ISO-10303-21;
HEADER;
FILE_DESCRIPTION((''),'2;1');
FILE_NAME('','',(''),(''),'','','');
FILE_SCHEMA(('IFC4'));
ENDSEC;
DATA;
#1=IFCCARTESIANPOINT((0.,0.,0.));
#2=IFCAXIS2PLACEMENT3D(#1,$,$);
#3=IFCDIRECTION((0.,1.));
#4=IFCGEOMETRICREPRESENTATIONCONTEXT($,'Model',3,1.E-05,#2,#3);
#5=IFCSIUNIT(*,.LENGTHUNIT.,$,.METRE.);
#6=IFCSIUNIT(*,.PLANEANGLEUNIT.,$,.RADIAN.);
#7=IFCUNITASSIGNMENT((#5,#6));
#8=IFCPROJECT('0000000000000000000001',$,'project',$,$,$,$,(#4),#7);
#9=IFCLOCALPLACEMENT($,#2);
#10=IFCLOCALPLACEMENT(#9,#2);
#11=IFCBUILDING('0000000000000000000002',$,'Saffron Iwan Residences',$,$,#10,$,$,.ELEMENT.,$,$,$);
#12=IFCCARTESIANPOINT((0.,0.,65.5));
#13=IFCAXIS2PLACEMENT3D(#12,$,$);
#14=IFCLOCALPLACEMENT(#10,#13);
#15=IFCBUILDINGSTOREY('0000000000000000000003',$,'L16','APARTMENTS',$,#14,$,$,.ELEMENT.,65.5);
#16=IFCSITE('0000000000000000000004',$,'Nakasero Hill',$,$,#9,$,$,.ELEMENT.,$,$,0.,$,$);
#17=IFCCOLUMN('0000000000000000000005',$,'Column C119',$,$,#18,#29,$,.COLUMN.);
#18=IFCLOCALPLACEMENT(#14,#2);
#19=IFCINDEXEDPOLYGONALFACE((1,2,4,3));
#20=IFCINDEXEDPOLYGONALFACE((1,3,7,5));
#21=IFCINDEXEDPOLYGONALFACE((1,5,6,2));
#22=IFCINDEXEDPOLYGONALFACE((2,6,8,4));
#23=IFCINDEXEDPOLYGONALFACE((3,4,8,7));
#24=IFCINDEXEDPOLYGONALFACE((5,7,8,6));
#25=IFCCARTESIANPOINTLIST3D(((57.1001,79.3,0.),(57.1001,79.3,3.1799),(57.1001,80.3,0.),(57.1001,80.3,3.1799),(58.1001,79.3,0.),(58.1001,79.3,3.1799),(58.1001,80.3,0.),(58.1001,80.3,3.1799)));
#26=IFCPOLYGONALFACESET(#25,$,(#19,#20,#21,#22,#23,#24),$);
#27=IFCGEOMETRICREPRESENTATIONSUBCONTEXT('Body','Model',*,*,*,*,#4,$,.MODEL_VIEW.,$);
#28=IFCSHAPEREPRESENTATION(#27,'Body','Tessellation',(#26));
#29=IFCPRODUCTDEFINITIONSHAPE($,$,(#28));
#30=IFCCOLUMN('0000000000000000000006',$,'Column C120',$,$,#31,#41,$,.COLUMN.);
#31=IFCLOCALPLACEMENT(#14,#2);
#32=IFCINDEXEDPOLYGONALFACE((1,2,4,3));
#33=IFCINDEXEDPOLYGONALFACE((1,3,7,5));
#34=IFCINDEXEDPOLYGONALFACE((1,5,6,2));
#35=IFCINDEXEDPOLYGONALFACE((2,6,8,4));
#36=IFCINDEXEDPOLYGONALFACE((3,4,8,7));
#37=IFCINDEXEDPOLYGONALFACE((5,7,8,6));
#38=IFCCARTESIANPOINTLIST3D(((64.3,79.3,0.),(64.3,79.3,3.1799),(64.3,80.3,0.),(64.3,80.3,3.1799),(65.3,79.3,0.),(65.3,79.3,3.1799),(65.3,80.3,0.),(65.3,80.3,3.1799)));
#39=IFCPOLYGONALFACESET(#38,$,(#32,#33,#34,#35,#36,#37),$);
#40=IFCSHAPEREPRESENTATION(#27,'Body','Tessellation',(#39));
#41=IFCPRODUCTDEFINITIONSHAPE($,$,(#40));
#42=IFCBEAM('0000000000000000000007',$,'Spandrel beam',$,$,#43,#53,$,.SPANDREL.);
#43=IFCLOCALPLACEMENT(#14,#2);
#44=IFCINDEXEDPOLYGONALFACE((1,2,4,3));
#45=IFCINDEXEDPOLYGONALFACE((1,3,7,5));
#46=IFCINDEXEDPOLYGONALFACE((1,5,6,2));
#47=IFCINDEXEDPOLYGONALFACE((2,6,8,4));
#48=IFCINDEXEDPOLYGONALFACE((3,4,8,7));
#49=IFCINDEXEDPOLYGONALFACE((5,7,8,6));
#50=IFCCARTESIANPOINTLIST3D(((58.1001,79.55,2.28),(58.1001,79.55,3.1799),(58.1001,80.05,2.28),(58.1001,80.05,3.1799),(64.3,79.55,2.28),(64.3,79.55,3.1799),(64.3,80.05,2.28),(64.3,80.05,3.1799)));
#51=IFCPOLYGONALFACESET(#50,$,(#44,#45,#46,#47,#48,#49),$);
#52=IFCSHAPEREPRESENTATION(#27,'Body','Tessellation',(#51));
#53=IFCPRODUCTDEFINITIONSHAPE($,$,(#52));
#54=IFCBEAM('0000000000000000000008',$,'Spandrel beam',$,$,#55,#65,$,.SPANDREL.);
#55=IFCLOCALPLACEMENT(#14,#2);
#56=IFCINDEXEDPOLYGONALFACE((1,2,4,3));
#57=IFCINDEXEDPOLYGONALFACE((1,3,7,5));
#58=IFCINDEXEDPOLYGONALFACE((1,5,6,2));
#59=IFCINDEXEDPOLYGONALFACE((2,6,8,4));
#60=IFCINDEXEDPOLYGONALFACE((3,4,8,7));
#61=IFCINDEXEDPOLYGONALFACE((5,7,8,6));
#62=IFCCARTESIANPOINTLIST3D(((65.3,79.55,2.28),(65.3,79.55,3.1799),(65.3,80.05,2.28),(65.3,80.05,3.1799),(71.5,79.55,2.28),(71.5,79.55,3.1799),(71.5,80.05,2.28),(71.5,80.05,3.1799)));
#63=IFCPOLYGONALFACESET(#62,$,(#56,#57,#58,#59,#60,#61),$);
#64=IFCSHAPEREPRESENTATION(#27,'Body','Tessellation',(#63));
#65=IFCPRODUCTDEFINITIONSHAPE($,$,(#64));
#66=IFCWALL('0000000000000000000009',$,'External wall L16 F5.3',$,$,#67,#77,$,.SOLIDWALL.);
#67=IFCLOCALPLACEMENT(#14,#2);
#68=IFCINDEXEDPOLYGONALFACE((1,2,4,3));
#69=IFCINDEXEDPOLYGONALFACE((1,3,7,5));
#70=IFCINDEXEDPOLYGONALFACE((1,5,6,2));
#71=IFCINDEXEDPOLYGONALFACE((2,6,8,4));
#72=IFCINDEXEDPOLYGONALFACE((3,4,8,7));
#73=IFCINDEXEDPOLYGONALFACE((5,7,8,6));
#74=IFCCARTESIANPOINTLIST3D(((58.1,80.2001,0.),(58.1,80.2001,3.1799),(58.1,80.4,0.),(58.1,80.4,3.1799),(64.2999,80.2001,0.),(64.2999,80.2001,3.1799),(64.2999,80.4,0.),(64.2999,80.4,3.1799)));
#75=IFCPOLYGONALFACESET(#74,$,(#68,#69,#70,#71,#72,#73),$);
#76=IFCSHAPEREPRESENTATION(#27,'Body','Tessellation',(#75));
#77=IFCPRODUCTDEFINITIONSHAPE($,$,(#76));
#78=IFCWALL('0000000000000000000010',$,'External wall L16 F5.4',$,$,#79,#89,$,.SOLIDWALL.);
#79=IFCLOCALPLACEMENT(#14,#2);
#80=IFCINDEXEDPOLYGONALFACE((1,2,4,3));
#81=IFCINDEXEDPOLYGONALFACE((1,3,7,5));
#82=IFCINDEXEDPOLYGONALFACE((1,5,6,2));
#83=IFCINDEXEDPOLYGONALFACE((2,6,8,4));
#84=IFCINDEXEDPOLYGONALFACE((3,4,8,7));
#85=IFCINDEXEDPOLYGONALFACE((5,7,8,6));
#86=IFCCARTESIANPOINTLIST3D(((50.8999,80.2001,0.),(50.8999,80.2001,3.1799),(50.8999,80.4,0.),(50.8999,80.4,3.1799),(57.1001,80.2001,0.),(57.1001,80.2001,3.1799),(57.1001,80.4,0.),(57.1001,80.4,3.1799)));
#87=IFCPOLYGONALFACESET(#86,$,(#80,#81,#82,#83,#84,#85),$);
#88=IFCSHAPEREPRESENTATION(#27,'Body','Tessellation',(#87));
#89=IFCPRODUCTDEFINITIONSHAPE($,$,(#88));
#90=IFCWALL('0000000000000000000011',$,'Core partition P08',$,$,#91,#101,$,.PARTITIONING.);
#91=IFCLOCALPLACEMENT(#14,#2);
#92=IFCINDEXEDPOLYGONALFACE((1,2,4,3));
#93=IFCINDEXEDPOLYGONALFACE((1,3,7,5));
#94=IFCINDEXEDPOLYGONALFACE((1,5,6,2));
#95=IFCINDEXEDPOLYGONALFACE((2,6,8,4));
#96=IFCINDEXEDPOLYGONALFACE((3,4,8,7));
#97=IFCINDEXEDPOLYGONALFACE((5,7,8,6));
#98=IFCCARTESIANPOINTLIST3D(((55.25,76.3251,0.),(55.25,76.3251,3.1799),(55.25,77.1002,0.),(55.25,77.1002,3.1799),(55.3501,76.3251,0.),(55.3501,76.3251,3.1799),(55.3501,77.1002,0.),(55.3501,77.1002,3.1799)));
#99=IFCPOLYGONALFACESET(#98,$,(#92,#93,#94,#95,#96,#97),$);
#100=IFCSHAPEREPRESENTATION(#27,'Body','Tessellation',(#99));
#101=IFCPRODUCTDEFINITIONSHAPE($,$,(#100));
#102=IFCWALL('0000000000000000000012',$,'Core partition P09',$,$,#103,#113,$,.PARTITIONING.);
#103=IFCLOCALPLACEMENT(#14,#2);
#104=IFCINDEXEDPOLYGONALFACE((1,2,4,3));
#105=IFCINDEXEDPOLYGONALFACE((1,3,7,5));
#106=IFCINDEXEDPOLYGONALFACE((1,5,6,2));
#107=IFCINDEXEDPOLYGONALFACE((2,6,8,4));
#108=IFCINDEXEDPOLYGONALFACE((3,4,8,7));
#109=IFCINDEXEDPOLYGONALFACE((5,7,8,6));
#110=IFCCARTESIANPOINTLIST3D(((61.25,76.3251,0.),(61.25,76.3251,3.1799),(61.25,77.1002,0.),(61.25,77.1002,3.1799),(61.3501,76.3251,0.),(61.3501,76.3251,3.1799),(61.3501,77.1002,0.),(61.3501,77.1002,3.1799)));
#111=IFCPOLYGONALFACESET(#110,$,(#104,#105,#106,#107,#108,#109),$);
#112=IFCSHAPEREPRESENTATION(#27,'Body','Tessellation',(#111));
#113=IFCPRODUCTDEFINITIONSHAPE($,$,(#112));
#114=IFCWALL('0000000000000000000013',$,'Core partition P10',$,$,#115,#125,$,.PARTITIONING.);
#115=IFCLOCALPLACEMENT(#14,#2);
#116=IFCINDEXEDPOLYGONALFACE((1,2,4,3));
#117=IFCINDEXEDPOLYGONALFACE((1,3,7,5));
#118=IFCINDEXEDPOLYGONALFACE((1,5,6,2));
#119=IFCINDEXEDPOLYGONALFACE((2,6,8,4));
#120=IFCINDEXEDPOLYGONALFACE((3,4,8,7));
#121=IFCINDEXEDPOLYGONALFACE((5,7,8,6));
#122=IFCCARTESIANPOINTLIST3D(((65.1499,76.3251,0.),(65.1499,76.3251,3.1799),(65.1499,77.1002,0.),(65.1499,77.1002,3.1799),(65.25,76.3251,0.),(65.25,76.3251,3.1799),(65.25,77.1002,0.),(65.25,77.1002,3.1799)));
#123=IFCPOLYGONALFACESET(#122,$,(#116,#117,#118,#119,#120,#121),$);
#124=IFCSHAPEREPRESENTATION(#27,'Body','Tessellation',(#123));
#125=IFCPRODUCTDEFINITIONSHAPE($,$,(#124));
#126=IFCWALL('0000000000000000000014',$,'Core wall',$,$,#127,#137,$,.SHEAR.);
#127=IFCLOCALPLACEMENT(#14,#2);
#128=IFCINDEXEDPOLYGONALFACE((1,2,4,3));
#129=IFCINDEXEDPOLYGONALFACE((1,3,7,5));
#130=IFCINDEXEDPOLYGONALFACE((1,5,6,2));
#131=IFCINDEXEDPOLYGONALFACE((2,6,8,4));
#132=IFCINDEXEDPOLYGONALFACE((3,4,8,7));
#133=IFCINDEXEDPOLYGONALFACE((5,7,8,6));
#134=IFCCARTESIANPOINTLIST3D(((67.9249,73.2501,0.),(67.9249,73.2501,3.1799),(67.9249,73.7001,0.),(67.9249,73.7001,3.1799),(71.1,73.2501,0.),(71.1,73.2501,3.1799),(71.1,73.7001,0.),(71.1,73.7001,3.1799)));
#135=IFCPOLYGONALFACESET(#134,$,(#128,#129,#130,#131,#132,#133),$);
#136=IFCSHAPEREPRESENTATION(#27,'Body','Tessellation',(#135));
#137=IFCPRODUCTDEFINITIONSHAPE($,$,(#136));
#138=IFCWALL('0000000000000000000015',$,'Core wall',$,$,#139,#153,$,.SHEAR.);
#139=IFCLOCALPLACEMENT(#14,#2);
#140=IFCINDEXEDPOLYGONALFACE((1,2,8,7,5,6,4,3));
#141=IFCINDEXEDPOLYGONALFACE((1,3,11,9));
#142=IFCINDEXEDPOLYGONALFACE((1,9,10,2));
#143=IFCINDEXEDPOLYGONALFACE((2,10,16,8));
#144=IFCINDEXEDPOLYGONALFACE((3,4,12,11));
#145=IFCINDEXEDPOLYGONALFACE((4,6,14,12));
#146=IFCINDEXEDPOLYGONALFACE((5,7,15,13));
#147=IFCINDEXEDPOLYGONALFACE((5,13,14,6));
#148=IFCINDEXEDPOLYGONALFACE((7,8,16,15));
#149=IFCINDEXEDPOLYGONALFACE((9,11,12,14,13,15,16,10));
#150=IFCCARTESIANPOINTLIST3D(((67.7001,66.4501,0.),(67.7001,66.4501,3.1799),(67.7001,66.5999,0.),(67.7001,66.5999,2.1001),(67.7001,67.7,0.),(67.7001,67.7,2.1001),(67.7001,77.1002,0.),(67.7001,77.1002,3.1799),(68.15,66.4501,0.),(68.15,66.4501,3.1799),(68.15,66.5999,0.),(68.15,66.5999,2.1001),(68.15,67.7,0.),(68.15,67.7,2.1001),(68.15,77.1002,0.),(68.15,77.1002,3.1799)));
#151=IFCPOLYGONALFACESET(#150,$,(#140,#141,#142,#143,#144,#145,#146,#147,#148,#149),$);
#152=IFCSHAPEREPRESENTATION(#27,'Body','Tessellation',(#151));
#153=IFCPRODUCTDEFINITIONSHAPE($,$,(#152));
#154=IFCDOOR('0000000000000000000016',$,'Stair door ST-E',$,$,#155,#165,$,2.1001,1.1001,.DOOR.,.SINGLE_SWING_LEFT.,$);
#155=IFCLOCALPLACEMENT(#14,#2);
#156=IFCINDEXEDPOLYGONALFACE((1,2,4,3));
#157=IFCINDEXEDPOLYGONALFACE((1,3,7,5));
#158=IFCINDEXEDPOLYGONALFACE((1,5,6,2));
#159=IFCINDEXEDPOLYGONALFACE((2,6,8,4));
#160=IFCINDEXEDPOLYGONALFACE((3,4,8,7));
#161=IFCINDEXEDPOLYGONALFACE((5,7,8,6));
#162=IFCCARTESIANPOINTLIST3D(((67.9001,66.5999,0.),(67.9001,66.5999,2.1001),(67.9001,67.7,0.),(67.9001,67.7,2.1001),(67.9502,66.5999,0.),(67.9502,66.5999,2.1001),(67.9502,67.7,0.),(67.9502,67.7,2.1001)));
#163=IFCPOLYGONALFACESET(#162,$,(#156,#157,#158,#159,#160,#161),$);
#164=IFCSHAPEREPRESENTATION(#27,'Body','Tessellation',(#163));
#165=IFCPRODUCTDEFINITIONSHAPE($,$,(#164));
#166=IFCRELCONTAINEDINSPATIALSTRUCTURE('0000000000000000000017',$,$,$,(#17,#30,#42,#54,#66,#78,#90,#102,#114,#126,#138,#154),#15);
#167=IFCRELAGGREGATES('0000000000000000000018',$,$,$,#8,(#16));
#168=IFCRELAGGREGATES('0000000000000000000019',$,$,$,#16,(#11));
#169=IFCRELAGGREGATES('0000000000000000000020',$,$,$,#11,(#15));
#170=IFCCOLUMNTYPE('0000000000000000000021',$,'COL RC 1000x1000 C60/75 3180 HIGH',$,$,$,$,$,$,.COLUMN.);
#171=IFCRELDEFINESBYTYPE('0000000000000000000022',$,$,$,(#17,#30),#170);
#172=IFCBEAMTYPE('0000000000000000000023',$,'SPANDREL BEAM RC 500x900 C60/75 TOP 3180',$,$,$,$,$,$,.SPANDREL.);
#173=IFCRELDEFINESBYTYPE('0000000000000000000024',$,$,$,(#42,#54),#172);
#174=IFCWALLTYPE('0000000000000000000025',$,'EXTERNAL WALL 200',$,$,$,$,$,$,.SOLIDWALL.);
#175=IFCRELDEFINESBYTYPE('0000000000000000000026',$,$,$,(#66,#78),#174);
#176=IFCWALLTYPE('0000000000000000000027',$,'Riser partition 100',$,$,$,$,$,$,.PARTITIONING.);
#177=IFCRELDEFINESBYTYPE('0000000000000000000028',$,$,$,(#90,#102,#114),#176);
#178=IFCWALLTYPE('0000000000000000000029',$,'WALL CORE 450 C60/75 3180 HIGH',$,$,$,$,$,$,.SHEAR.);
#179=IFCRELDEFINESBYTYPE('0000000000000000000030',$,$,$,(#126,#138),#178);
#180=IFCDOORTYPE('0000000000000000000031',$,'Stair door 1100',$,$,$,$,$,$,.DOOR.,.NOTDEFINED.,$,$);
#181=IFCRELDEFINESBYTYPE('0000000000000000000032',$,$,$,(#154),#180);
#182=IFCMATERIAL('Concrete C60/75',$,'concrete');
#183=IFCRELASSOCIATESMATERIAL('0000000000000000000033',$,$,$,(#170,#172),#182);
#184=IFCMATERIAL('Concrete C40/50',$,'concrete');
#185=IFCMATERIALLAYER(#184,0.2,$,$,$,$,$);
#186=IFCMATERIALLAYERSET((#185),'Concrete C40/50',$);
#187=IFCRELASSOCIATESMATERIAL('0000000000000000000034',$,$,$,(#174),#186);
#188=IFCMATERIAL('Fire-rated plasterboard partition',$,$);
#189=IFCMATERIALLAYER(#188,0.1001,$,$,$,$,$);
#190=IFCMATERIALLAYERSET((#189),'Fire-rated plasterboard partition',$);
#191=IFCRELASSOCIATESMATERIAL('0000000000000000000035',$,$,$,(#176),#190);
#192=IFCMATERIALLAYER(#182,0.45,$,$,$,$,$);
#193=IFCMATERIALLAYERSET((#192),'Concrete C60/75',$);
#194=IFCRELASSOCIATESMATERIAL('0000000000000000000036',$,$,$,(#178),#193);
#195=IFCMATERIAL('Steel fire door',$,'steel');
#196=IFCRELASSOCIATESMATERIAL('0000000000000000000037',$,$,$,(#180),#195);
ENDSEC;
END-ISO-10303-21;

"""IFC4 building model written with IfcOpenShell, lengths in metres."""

from ifc_helpers import new_model, si_unit, direction, frame, frame_2d, origin, origin_2d, place, context, subcontext, project, spatial, rectangle, extrude, source, transform, mapped, material, layer, layer_set, material_profile, profile_set, type_object, element, fill, save


model = new_model("IFC4")

# Units and contexts
model_context = context("Model", 3, precision=1e-05, world=origin(), true_north=direction((0.0, 1.0)))
body_context = subcontext(model_context, "Body", "Model", "MODEL_VIEW")
ifc_project = project(units=[si_unit("LENGTHUNIT", "METRE"), si_unit("PLANEANGLEUNIT", "RADIAN")], contexts=[model_context])

# Site, building, storey
site_placement = place(None, origin())
site = spatial("IfcSite", under=ifc_project, at=site_placement, Name="Nakasero Hill", CompositionType="ELEMENT", RefElevation=0.0)
building_placement = place(site_placement, origin())
building = spatial("IfcBuilding", under=site, at=building_placement, Name="Saffron Iwan Residences", CompositionType="ELEMENT")
storey_placement = place(building_placement, frame((0.0, 0.0, 65.5)))
storey = spatial("IfcBuildingStorey", under=building, at=storey_placement, Name="L16", Description="APARTMENTS", CompositionType="ELEMENT", Elevation=65.5)

# Columns
ifc_material_1 = material(Name="Concrete C60/75", Category="concrete")
ifc_material_profile_1 = material_profile(ifc_material_1, rectangle(XDim=1.0, YDim=1.0, at=origin_2d()), Name="RC 1000x1000")
ifc_profile_set_1 = profile_set([ifc_material_profile_1], Name="Concrete C60/75")
column_type = type_object("IfcColumnType", Name="COL RC 1000x1000 C60/75 3180 HIGH", PredefinedType="COLUMN", material=ifc_profile_set_1)
shared_shape_1 = source(origin(), body_context, "Body", "SweptSolid", [
    extrude(rectangle(XDim=1.0, YDim=1.0, at=origin_2d()), origin(), (0.0, 0.0, 1.0), 3.1799),
])
for number, where, z_axis, x_axis, name in (
    (1, (57.6001, 79.8, 0.0), (0.0, 0.0, 1.0), (1.0, 0.0, 0.0), "Column C119"),
    (2, (64.8, 79.8, 0.0), (0.0, 0.0, 1.0), (1.0, 0.0, 0.0), "Column C120"),
):
    element("IfcColumn", number, at=place(storey_placement, frame(where, z_axis=z_axis, x_axis=x_axis)), inside=storey, type_object=column_type, Name=name, PredefinedType="COLUMN", context=body_context, shape_type="MappedRepresentation", body=[
        mapped(shared_shape_1, transform((0.0, 0.0, 0.0))),
    ])

# Beams
ifc_material_profile_2 = material_profile(ifc_material_1, rectangle(XDim=0.5, YDim=0.8999, at=origin_2d()), Name="RC 500x900")
ifc_profile_set_2 = profile_set([ifc_material_profile_2], Name="Concrete C60/75")
beam_type = type_object("IfcBeamType", Name="SPANDREL BEAM RC 500x900 C60/75 TOP 3180", PredefinedType="SPANDREL", material=ifc_profile_set_2)
shared_shape_2 = source(origin(), body_context, "Body", "SweptSolid", [
    extrude(rectangle(XDim=0.5, YDim=0.8999, at=origin_2d()), origin(), (0.0, 0.0, 1.0), 6.2),
])
for number, where, z_axis, x_axis, name in (
    (3, (58.1001, 79.8, 2.73), (1.0, 0.0, 0.0), (0.0, 1.0, 0.0), "Spandrel beam"),
    (4, (65.3, 79.8, 2.73), (1.0, 0.0, 0.0), (0.0, 1.0, 0.0), "Spandrel beam"),
):
    element("IfcBeam", number, at=place(storey_placement, frame(where, z_axis=z_axis, x_axis=x_axis)), inside=storey, type_object=beam_type, Name=name, PredefinedType="SPANDREL", context=body_context, shape_type="MappedRepresentation", body=[
        mapped(shared_shape_2, transform((0.0, 0.0, 0.0))),
    ])

# Walls
ifc_material_2 = material(Name="Concrete C40/50", Category="concrete")
ifc_layer_1 = layer(ifc_material_2, 0.2)
ifc_layer_set_1 = layer_set([ifc_layer_1], Name="Concrete C40/50")
wall_type_1 = type_object("IfcWallType", Name="EXTERNAL WALL 200", PredefinedType="SOLIDWALL", material=ifc_layer_set_1)
wall_1_placement = place(storey_placement, frame((64.3, 80.3, 0.0), z_axis=(0.0, 0.0, 1.0), x_axis=(-1.0, 0.0, 0.0)))
element("IfcWall", 5, at=wall_1_placement, inside=storey, type_object=wall_type_1, Name="External wall L16 F5.3", PredefinedType="SOLIDWALL", context=body_context, shape_type="SweptSolid", body=[
    extrude(rectangle(XDim=6.2, YDim=0.2, at=frame_2d((3.1001, 0.0))), origin(), (0.0, 0.0, 1.0), 3.1799),
])
wall_2_placement = place(storey_placement, frame((57.1001, 80.3, 0.0), z_axis=(0.0, 0.0, 1.0), x_axis=(-1.0, 0.0, 0.0)))
element("IfcWall", 6, at=wall_2_placement, inside=storey, type_object=wall_type_1, Name="External wall L16 F5.4", PredefinedType="SOLIDWALL", context=body_context, shape_type="SweptSolid", body=[
    extrude(rectangle(XDim=6.2002, YDim=0.2, at=frame_2d((3.1001, 0.0))), origin(), (0.0, 0.0, 1.0), 3.1799),
])
ifc_material_3 = material(Name="Fire-rated plasterboard partition")
ifc_layer_2 = layer(ifc_material_3, 0.1001)
ifc_layer_set_2 = layer_set([ifc_layer_2], Name="Fire-rated plasterboard partition")
wall_type_2 = type_object("IfcWallType", Name="Riser partition 100", PredefinedType="PARTITIONING", material=ifc_layer_set_2)
for number, where, z_axis, x_axis, name in (
    (7, (55.3, 76.325, 0.0), (0.0, 0.0, 1.0), (0.0, 1.0, 0.0), "Core partition P08"),
    (8, (61.3, 76.325, 0.0), (0.0, 0.0, 1.0), (0.0, 1.0, 0.0), "Core partition P09"),
    (9, (65.2, 76.325, 0.0), (0.0, 0.0, 1.0), (0.0, 1.0, 0.0), "Core partition P10"),
):
    element("IfcWall", number, at=place(storey_placement, frame(where, z_axis=z_axis, x_axis=x_axis)), inside=storey, type_object=wall_type_2, Name=name, PredefinedType="PARTITIONING", context=body_context, shape_type="SweptSolid", body=[
        extrude(rectangle(XDim=0.7751, YDim=0.1001, at=frame_2d((0.3877, 0.0))), origin(), (0.0, 0.0, 1.0), 3.1799),
    ])
ifc_layer_3 = layer(ifc_material_1, 0.45)
ifc_layer_set_3 = layer_set([ifc_layer_3], Name="Concrete C60/75")
wall_type_3 = type_object("IfcWallType", Name="WALL CORE 450 C60/75 3180 HIGH", PredefinedType="SHEAR", material=ifc_layer_set_3)
wall_3_placement = place(storey_placement, frame((67.925, 73.4751, 0.0), z_axis=(0.0, 0.0, 1.0), x_axis=(1.0, 0.0, 0.0)))
element("IfcWall", 10, at=wall_3_placement, inside=storey, type_object=wall_type_3, Name="Core wall", PredefinedType="SHEAR", context=body_context, shape_type="SweptSolid", body=[
    extrude(rectangle(XDim=3.175, YDim=0.45, at=frame_2d((1.5874, 0.0))), origin(), (0.0, 0.0, 1.0), 3.1799),
])

# Wall, opening, door
wall_4_placement = place(storey_placement, frame((67.925, 66.45, 0.0), z_axis=(0.0, 0.0, 1.0), x_axis=(0.0, 1.0, 0.0)))
wall_4 = element("IfcWall", 11, at=wall_4_placement, inside=storey, type_object=wall_type_3, Name="Core wall", PredefinedType="SHEAR", context=body_context, shape_type="SweptSolid", body=[
    extrude(rectangle(XDim=10.6501, YDim=0.45, at=frame_2d((5.3252, 0.0))), origin(), (0.0, 0.0, 1.0), 3.1799),
])
opening_1_placement = place(wall_4_placement, frame((0.1499, 0.0, 0.0)))
opening_1 = element("IfcOpeningElement", 12, at=opening_1_placement, cuts=wall_4, PredefinedType="OPENING", context=body_context, shape_type="SweptSolid", body=[
    extrude(rectangle(XDim=1.1001, YDim=2.1001, at=frame_2d((0.55, 1.05))), frame((0.0, 0.2349, 0.0), z_axis=(0.0, -1.0, 0.0), x_axis=(1.0, 0.0, 0.0)), (0.0, 0.0, 1.0), 0.47),
])
ifc_material_4 = material(Name="Steel fire door", Category="steel")
door_type_1 = type_object("IfcDoorType", Name="Stair door 1100", OperationType="NOTDEFINED", PredefinedType="DOOR", material=ifc_material_4)
door_1_placement = place(opening_1_placement, origin())
door_1 = element("IfcDoor", 13, at=door_1_placement, inside=storey, type_object=door_type_1, Name="Stair door ST-E", OperationType="SINGLE_SWING_LEFT", OverallHeight=2.1001, OverallWidth=1.1001, PredefinedType="DOOR", context=body_context, shape_type="SweptSolid", body=[
    extrude(rectangle(XDim=1.1001, YDim=2.1001, at=frame_2d((0.55, 1.05))), frame((0.0, 0.0249, 0.0), z_axis=(0.0, -1.0, 0.0), x_axis=(1.0, 0.0, 0.0)), (0.0, 0.0, 1.0), 0.05),
])
fill(opening_1, door_1)

save(model, "model.ifc")
